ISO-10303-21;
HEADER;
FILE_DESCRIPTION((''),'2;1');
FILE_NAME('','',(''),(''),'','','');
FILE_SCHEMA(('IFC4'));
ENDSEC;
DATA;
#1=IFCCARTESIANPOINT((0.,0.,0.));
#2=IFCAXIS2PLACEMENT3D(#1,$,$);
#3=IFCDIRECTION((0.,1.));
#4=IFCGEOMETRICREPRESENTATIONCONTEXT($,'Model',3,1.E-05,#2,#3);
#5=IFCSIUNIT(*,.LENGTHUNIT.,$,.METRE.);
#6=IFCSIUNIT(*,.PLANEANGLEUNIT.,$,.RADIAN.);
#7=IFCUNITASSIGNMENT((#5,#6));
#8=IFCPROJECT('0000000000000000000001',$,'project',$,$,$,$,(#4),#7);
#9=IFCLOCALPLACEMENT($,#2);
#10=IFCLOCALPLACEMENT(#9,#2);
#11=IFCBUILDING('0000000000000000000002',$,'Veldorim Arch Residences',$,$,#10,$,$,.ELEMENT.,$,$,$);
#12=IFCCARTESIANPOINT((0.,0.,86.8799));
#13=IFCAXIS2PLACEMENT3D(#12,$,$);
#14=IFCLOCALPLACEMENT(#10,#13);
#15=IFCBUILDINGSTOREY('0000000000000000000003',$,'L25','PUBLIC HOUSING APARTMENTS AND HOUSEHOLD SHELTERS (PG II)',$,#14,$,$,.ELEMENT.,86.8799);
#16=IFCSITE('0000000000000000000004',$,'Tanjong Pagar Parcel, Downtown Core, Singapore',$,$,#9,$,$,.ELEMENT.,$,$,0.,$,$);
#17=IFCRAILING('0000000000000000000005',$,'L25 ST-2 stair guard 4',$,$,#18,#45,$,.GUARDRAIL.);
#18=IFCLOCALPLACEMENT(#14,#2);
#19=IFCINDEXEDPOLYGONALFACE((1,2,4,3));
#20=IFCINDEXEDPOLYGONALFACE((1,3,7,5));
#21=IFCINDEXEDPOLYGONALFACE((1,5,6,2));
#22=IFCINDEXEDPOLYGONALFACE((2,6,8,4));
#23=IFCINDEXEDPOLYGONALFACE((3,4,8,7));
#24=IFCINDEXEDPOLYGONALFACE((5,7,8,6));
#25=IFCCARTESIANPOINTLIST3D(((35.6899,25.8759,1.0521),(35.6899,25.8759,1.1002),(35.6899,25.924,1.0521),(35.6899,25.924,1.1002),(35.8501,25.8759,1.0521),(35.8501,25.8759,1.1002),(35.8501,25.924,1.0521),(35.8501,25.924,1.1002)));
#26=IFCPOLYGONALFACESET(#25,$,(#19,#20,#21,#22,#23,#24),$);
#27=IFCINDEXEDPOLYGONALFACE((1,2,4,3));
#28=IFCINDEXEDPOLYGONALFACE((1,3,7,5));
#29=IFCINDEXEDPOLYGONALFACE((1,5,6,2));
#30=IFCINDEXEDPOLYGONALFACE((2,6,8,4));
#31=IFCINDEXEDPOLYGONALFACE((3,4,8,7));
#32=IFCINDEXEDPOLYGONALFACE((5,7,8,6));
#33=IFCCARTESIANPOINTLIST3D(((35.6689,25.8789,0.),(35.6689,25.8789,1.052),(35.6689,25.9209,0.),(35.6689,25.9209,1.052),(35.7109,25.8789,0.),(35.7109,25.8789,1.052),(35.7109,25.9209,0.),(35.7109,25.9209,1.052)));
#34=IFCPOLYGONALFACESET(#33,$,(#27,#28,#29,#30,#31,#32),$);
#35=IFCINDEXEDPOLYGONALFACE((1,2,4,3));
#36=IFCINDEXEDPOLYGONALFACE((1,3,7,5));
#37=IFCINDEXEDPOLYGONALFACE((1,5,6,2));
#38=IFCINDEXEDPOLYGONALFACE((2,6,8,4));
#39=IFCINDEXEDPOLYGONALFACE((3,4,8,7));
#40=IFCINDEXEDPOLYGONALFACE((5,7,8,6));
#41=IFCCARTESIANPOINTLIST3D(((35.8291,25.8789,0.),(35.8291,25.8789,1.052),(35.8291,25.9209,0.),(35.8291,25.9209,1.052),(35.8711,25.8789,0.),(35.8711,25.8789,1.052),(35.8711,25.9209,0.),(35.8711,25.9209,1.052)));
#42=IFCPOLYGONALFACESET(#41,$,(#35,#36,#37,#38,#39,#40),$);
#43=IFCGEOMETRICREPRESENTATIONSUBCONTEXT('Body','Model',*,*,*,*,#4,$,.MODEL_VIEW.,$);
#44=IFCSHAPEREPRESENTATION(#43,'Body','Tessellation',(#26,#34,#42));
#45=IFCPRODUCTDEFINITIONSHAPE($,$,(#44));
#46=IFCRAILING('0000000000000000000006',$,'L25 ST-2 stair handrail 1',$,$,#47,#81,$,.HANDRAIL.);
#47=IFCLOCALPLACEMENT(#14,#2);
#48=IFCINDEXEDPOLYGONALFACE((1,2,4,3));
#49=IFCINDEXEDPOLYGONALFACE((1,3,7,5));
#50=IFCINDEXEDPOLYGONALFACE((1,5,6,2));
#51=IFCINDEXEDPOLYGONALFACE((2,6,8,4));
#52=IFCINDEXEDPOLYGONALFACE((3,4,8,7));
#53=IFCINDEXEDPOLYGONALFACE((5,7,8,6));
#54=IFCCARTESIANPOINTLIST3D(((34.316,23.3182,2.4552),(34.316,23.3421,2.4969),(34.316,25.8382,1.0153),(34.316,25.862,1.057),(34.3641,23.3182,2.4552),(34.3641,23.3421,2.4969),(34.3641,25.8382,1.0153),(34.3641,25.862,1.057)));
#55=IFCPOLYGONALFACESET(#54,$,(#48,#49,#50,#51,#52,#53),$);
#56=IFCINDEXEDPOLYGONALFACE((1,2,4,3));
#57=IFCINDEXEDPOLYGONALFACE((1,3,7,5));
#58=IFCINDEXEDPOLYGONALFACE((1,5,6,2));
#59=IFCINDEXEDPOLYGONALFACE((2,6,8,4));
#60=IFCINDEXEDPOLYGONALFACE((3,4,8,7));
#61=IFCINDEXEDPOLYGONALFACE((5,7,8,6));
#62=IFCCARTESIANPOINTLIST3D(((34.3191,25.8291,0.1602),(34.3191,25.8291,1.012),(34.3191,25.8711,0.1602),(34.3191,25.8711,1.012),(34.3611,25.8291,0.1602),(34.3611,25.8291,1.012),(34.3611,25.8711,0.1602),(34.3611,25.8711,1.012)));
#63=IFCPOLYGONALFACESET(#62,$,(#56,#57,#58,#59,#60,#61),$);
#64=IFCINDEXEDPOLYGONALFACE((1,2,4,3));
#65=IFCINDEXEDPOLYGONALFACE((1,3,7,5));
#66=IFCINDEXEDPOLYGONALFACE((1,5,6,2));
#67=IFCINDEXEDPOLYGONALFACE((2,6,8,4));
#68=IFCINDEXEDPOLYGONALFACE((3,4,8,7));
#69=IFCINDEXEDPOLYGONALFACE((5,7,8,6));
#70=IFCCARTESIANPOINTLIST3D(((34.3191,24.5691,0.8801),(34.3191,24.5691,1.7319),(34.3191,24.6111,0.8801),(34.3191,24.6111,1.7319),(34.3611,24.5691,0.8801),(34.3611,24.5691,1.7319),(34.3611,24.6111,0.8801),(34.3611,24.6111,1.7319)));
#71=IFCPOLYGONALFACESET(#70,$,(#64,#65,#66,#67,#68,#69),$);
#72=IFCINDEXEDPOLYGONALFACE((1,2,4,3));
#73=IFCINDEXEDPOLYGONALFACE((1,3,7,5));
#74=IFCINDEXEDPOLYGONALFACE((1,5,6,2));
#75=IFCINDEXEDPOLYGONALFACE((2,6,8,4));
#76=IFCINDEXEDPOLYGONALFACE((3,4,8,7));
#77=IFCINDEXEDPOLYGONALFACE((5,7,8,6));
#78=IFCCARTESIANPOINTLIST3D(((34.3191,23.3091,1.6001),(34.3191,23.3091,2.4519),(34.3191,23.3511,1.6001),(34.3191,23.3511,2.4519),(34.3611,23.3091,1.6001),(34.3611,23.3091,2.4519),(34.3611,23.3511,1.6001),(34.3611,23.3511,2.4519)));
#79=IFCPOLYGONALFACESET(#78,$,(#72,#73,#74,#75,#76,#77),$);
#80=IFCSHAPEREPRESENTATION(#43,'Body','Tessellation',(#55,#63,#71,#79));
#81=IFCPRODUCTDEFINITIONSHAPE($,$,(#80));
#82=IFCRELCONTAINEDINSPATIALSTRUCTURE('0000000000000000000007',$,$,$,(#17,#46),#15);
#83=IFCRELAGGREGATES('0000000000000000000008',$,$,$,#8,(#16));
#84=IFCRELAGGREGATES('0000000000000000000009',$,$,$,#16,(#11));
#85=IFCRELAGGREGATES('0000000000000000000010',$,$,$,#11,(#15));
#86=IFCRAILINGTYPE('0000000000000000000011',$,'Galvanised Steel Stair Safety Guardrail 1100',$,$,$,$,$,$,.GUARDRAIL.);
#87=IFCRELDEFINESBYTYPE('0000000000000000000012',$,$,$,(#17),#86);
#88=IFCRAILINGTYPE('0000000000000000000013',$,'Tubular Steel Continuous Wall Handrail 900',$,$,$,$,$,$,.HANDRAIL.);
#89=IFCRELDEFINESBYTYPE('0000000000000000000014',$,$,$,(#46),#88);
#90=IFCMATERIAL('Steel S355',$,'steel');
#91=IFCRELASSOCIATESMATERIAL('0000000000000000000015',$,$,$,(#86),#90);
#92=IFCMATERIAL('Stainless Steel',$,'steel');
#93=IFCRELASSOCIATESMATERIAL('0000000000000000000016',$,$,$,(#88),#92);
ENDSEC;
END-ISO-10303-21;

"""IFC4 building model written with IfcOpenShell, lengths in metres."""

from ifc_helpers import new_model, si_unit, direction, frame, origin, origin_2d, place, context, subcontext, project, spatial, rectangle, extrude, material, type_object, element, save


model = new_model("IFC4")

# Units and contexts
model_context = context("Model", 3, precision=1e-05, world=origin(), true_north=direction((0.0, 1.0)))
body_context = subcontext(model_context, "Body", "Model", "MODEL_VIEW")
ifc_project = project(units=[si_unit("LENGTHUNIT", "METRE"), si_unit("PLANEANGLEUNIT", "RADIAN")], contexts=[model_context])

# Site, building, storey
site_placement = place(None, origin())
site = spatial("IfcSite", under=ifc_project, at=site_placement, Name="Tanjong Pagar Parcel, Downtown Core, Singapore", CompositionType="ELEMENT", RefElevation=0.0)
building_placement = place(site_placement, origin())
building = spatial("IfcBuilding", under=site, at=building_placement, Name="Veldorim Arch Residences", CompositionType="ELEMENT")
storey_placement = place(building_placement, frame((0.0, 0.0, 86.8799)))
storey = spatial("IfcBuildingStorey", under=building, at=storey_placement, Name="L25", Description="PUBLIC HOUSING APARTMENTS AND HOUSEHOLD SHELTERS (PG II)", CompositionType="ELEMENT", Elevation=86.8799)

# Railings
ifc_material_1 = material(Name="Steel S355", Category="steel")
railing_type_1 = type_object("IfcRailingType", Name="Galvanised Steel Stair Safety Guardrail 1100", PredefinedType="GUARDRAIL", material=ifc_material_1)
railing_1_placement = place(storey_placement, frame((35.6899, 25.8999, 0.0)))
element("IfcRailing", 1, at=railing_1_placement, inside=storey, type_object=railing_type_1, Name="L25 ST-2 stair guard 4", PredefinedType="GUARDRAIL", context=body_context, shape_type="SweptSolid", body=[
    extrude(rectangle(XDim=0.0481, YDim=0.0481, at=origin_2d()), frame((0.0, 0.0, 1.0762), z_axis=(1.0, 0.0, 0.0), x_axis=(0.0, 1.0, 0.0)), (0.0, 0.0, 1.0), 0.1602),
    extrude(rectangle(XDim=0.042, YDim=0.042, at=origin_2d()), origin(), (0.0, 0.0, 1.0), 1.052),
    extrude(rectangle(XDim=0.042, YDim=0.042, at=origin_2d()), frame((0.1602, 0.0, 0.0)), (0.0, 0.0, 1.0), 1.052),
])
ifc_material_2 = material(Name="Stainless Steel", Category="steel")
railing_type_2 = type_object("IfcRailingType", Name="Tubular Steel Continuous Wall Handrail 900", PredefinedType="HANDRAIL", material=ifc_material_2)
railing_2_placement = place(storey_placement, frame((34.3401, 25.8501, 0.1602)))
element("IfcRailing", 2, at=railing_2_placement, inside=storey, type_object=railing_type_2, Name="L25 ST-2 stair handrail 1", PredefinedType="HANDRAIL", context=body_context, shape_type="SweptSolid", body=[
    extrude(rectangle(XDim=0.0481, YDim=0.0481, at=origin_2d()), frame((0.0, 0.0, 0.876), z_axis=(0.0, -0.868253, 0.496121), x_axis=(1.0, 0.0, 0.0)), (0.0, 0.0, 1.0), 2.9023),
    extrude(rectangle(XDim=0.042, YDim=0.042, at=origin_2d()), origin(), (0.0, 0.0, 1.0), 0.8518),
    extrude(rectangle(XDim=0.042, YDim=0.042, at=origin_2d()), frame((0.0, -1.26, 0.72)), (0.0, 0.0, 1.0), 0.8518),
    extrude(rectangle(XDim=0.042, YDim=0.042, at=origin_2d()), frame((0.0, -2.52, 1.4399)), (0.0, 0.0, 1.0), 0.8518),
])

save(model, "model.ifc")
